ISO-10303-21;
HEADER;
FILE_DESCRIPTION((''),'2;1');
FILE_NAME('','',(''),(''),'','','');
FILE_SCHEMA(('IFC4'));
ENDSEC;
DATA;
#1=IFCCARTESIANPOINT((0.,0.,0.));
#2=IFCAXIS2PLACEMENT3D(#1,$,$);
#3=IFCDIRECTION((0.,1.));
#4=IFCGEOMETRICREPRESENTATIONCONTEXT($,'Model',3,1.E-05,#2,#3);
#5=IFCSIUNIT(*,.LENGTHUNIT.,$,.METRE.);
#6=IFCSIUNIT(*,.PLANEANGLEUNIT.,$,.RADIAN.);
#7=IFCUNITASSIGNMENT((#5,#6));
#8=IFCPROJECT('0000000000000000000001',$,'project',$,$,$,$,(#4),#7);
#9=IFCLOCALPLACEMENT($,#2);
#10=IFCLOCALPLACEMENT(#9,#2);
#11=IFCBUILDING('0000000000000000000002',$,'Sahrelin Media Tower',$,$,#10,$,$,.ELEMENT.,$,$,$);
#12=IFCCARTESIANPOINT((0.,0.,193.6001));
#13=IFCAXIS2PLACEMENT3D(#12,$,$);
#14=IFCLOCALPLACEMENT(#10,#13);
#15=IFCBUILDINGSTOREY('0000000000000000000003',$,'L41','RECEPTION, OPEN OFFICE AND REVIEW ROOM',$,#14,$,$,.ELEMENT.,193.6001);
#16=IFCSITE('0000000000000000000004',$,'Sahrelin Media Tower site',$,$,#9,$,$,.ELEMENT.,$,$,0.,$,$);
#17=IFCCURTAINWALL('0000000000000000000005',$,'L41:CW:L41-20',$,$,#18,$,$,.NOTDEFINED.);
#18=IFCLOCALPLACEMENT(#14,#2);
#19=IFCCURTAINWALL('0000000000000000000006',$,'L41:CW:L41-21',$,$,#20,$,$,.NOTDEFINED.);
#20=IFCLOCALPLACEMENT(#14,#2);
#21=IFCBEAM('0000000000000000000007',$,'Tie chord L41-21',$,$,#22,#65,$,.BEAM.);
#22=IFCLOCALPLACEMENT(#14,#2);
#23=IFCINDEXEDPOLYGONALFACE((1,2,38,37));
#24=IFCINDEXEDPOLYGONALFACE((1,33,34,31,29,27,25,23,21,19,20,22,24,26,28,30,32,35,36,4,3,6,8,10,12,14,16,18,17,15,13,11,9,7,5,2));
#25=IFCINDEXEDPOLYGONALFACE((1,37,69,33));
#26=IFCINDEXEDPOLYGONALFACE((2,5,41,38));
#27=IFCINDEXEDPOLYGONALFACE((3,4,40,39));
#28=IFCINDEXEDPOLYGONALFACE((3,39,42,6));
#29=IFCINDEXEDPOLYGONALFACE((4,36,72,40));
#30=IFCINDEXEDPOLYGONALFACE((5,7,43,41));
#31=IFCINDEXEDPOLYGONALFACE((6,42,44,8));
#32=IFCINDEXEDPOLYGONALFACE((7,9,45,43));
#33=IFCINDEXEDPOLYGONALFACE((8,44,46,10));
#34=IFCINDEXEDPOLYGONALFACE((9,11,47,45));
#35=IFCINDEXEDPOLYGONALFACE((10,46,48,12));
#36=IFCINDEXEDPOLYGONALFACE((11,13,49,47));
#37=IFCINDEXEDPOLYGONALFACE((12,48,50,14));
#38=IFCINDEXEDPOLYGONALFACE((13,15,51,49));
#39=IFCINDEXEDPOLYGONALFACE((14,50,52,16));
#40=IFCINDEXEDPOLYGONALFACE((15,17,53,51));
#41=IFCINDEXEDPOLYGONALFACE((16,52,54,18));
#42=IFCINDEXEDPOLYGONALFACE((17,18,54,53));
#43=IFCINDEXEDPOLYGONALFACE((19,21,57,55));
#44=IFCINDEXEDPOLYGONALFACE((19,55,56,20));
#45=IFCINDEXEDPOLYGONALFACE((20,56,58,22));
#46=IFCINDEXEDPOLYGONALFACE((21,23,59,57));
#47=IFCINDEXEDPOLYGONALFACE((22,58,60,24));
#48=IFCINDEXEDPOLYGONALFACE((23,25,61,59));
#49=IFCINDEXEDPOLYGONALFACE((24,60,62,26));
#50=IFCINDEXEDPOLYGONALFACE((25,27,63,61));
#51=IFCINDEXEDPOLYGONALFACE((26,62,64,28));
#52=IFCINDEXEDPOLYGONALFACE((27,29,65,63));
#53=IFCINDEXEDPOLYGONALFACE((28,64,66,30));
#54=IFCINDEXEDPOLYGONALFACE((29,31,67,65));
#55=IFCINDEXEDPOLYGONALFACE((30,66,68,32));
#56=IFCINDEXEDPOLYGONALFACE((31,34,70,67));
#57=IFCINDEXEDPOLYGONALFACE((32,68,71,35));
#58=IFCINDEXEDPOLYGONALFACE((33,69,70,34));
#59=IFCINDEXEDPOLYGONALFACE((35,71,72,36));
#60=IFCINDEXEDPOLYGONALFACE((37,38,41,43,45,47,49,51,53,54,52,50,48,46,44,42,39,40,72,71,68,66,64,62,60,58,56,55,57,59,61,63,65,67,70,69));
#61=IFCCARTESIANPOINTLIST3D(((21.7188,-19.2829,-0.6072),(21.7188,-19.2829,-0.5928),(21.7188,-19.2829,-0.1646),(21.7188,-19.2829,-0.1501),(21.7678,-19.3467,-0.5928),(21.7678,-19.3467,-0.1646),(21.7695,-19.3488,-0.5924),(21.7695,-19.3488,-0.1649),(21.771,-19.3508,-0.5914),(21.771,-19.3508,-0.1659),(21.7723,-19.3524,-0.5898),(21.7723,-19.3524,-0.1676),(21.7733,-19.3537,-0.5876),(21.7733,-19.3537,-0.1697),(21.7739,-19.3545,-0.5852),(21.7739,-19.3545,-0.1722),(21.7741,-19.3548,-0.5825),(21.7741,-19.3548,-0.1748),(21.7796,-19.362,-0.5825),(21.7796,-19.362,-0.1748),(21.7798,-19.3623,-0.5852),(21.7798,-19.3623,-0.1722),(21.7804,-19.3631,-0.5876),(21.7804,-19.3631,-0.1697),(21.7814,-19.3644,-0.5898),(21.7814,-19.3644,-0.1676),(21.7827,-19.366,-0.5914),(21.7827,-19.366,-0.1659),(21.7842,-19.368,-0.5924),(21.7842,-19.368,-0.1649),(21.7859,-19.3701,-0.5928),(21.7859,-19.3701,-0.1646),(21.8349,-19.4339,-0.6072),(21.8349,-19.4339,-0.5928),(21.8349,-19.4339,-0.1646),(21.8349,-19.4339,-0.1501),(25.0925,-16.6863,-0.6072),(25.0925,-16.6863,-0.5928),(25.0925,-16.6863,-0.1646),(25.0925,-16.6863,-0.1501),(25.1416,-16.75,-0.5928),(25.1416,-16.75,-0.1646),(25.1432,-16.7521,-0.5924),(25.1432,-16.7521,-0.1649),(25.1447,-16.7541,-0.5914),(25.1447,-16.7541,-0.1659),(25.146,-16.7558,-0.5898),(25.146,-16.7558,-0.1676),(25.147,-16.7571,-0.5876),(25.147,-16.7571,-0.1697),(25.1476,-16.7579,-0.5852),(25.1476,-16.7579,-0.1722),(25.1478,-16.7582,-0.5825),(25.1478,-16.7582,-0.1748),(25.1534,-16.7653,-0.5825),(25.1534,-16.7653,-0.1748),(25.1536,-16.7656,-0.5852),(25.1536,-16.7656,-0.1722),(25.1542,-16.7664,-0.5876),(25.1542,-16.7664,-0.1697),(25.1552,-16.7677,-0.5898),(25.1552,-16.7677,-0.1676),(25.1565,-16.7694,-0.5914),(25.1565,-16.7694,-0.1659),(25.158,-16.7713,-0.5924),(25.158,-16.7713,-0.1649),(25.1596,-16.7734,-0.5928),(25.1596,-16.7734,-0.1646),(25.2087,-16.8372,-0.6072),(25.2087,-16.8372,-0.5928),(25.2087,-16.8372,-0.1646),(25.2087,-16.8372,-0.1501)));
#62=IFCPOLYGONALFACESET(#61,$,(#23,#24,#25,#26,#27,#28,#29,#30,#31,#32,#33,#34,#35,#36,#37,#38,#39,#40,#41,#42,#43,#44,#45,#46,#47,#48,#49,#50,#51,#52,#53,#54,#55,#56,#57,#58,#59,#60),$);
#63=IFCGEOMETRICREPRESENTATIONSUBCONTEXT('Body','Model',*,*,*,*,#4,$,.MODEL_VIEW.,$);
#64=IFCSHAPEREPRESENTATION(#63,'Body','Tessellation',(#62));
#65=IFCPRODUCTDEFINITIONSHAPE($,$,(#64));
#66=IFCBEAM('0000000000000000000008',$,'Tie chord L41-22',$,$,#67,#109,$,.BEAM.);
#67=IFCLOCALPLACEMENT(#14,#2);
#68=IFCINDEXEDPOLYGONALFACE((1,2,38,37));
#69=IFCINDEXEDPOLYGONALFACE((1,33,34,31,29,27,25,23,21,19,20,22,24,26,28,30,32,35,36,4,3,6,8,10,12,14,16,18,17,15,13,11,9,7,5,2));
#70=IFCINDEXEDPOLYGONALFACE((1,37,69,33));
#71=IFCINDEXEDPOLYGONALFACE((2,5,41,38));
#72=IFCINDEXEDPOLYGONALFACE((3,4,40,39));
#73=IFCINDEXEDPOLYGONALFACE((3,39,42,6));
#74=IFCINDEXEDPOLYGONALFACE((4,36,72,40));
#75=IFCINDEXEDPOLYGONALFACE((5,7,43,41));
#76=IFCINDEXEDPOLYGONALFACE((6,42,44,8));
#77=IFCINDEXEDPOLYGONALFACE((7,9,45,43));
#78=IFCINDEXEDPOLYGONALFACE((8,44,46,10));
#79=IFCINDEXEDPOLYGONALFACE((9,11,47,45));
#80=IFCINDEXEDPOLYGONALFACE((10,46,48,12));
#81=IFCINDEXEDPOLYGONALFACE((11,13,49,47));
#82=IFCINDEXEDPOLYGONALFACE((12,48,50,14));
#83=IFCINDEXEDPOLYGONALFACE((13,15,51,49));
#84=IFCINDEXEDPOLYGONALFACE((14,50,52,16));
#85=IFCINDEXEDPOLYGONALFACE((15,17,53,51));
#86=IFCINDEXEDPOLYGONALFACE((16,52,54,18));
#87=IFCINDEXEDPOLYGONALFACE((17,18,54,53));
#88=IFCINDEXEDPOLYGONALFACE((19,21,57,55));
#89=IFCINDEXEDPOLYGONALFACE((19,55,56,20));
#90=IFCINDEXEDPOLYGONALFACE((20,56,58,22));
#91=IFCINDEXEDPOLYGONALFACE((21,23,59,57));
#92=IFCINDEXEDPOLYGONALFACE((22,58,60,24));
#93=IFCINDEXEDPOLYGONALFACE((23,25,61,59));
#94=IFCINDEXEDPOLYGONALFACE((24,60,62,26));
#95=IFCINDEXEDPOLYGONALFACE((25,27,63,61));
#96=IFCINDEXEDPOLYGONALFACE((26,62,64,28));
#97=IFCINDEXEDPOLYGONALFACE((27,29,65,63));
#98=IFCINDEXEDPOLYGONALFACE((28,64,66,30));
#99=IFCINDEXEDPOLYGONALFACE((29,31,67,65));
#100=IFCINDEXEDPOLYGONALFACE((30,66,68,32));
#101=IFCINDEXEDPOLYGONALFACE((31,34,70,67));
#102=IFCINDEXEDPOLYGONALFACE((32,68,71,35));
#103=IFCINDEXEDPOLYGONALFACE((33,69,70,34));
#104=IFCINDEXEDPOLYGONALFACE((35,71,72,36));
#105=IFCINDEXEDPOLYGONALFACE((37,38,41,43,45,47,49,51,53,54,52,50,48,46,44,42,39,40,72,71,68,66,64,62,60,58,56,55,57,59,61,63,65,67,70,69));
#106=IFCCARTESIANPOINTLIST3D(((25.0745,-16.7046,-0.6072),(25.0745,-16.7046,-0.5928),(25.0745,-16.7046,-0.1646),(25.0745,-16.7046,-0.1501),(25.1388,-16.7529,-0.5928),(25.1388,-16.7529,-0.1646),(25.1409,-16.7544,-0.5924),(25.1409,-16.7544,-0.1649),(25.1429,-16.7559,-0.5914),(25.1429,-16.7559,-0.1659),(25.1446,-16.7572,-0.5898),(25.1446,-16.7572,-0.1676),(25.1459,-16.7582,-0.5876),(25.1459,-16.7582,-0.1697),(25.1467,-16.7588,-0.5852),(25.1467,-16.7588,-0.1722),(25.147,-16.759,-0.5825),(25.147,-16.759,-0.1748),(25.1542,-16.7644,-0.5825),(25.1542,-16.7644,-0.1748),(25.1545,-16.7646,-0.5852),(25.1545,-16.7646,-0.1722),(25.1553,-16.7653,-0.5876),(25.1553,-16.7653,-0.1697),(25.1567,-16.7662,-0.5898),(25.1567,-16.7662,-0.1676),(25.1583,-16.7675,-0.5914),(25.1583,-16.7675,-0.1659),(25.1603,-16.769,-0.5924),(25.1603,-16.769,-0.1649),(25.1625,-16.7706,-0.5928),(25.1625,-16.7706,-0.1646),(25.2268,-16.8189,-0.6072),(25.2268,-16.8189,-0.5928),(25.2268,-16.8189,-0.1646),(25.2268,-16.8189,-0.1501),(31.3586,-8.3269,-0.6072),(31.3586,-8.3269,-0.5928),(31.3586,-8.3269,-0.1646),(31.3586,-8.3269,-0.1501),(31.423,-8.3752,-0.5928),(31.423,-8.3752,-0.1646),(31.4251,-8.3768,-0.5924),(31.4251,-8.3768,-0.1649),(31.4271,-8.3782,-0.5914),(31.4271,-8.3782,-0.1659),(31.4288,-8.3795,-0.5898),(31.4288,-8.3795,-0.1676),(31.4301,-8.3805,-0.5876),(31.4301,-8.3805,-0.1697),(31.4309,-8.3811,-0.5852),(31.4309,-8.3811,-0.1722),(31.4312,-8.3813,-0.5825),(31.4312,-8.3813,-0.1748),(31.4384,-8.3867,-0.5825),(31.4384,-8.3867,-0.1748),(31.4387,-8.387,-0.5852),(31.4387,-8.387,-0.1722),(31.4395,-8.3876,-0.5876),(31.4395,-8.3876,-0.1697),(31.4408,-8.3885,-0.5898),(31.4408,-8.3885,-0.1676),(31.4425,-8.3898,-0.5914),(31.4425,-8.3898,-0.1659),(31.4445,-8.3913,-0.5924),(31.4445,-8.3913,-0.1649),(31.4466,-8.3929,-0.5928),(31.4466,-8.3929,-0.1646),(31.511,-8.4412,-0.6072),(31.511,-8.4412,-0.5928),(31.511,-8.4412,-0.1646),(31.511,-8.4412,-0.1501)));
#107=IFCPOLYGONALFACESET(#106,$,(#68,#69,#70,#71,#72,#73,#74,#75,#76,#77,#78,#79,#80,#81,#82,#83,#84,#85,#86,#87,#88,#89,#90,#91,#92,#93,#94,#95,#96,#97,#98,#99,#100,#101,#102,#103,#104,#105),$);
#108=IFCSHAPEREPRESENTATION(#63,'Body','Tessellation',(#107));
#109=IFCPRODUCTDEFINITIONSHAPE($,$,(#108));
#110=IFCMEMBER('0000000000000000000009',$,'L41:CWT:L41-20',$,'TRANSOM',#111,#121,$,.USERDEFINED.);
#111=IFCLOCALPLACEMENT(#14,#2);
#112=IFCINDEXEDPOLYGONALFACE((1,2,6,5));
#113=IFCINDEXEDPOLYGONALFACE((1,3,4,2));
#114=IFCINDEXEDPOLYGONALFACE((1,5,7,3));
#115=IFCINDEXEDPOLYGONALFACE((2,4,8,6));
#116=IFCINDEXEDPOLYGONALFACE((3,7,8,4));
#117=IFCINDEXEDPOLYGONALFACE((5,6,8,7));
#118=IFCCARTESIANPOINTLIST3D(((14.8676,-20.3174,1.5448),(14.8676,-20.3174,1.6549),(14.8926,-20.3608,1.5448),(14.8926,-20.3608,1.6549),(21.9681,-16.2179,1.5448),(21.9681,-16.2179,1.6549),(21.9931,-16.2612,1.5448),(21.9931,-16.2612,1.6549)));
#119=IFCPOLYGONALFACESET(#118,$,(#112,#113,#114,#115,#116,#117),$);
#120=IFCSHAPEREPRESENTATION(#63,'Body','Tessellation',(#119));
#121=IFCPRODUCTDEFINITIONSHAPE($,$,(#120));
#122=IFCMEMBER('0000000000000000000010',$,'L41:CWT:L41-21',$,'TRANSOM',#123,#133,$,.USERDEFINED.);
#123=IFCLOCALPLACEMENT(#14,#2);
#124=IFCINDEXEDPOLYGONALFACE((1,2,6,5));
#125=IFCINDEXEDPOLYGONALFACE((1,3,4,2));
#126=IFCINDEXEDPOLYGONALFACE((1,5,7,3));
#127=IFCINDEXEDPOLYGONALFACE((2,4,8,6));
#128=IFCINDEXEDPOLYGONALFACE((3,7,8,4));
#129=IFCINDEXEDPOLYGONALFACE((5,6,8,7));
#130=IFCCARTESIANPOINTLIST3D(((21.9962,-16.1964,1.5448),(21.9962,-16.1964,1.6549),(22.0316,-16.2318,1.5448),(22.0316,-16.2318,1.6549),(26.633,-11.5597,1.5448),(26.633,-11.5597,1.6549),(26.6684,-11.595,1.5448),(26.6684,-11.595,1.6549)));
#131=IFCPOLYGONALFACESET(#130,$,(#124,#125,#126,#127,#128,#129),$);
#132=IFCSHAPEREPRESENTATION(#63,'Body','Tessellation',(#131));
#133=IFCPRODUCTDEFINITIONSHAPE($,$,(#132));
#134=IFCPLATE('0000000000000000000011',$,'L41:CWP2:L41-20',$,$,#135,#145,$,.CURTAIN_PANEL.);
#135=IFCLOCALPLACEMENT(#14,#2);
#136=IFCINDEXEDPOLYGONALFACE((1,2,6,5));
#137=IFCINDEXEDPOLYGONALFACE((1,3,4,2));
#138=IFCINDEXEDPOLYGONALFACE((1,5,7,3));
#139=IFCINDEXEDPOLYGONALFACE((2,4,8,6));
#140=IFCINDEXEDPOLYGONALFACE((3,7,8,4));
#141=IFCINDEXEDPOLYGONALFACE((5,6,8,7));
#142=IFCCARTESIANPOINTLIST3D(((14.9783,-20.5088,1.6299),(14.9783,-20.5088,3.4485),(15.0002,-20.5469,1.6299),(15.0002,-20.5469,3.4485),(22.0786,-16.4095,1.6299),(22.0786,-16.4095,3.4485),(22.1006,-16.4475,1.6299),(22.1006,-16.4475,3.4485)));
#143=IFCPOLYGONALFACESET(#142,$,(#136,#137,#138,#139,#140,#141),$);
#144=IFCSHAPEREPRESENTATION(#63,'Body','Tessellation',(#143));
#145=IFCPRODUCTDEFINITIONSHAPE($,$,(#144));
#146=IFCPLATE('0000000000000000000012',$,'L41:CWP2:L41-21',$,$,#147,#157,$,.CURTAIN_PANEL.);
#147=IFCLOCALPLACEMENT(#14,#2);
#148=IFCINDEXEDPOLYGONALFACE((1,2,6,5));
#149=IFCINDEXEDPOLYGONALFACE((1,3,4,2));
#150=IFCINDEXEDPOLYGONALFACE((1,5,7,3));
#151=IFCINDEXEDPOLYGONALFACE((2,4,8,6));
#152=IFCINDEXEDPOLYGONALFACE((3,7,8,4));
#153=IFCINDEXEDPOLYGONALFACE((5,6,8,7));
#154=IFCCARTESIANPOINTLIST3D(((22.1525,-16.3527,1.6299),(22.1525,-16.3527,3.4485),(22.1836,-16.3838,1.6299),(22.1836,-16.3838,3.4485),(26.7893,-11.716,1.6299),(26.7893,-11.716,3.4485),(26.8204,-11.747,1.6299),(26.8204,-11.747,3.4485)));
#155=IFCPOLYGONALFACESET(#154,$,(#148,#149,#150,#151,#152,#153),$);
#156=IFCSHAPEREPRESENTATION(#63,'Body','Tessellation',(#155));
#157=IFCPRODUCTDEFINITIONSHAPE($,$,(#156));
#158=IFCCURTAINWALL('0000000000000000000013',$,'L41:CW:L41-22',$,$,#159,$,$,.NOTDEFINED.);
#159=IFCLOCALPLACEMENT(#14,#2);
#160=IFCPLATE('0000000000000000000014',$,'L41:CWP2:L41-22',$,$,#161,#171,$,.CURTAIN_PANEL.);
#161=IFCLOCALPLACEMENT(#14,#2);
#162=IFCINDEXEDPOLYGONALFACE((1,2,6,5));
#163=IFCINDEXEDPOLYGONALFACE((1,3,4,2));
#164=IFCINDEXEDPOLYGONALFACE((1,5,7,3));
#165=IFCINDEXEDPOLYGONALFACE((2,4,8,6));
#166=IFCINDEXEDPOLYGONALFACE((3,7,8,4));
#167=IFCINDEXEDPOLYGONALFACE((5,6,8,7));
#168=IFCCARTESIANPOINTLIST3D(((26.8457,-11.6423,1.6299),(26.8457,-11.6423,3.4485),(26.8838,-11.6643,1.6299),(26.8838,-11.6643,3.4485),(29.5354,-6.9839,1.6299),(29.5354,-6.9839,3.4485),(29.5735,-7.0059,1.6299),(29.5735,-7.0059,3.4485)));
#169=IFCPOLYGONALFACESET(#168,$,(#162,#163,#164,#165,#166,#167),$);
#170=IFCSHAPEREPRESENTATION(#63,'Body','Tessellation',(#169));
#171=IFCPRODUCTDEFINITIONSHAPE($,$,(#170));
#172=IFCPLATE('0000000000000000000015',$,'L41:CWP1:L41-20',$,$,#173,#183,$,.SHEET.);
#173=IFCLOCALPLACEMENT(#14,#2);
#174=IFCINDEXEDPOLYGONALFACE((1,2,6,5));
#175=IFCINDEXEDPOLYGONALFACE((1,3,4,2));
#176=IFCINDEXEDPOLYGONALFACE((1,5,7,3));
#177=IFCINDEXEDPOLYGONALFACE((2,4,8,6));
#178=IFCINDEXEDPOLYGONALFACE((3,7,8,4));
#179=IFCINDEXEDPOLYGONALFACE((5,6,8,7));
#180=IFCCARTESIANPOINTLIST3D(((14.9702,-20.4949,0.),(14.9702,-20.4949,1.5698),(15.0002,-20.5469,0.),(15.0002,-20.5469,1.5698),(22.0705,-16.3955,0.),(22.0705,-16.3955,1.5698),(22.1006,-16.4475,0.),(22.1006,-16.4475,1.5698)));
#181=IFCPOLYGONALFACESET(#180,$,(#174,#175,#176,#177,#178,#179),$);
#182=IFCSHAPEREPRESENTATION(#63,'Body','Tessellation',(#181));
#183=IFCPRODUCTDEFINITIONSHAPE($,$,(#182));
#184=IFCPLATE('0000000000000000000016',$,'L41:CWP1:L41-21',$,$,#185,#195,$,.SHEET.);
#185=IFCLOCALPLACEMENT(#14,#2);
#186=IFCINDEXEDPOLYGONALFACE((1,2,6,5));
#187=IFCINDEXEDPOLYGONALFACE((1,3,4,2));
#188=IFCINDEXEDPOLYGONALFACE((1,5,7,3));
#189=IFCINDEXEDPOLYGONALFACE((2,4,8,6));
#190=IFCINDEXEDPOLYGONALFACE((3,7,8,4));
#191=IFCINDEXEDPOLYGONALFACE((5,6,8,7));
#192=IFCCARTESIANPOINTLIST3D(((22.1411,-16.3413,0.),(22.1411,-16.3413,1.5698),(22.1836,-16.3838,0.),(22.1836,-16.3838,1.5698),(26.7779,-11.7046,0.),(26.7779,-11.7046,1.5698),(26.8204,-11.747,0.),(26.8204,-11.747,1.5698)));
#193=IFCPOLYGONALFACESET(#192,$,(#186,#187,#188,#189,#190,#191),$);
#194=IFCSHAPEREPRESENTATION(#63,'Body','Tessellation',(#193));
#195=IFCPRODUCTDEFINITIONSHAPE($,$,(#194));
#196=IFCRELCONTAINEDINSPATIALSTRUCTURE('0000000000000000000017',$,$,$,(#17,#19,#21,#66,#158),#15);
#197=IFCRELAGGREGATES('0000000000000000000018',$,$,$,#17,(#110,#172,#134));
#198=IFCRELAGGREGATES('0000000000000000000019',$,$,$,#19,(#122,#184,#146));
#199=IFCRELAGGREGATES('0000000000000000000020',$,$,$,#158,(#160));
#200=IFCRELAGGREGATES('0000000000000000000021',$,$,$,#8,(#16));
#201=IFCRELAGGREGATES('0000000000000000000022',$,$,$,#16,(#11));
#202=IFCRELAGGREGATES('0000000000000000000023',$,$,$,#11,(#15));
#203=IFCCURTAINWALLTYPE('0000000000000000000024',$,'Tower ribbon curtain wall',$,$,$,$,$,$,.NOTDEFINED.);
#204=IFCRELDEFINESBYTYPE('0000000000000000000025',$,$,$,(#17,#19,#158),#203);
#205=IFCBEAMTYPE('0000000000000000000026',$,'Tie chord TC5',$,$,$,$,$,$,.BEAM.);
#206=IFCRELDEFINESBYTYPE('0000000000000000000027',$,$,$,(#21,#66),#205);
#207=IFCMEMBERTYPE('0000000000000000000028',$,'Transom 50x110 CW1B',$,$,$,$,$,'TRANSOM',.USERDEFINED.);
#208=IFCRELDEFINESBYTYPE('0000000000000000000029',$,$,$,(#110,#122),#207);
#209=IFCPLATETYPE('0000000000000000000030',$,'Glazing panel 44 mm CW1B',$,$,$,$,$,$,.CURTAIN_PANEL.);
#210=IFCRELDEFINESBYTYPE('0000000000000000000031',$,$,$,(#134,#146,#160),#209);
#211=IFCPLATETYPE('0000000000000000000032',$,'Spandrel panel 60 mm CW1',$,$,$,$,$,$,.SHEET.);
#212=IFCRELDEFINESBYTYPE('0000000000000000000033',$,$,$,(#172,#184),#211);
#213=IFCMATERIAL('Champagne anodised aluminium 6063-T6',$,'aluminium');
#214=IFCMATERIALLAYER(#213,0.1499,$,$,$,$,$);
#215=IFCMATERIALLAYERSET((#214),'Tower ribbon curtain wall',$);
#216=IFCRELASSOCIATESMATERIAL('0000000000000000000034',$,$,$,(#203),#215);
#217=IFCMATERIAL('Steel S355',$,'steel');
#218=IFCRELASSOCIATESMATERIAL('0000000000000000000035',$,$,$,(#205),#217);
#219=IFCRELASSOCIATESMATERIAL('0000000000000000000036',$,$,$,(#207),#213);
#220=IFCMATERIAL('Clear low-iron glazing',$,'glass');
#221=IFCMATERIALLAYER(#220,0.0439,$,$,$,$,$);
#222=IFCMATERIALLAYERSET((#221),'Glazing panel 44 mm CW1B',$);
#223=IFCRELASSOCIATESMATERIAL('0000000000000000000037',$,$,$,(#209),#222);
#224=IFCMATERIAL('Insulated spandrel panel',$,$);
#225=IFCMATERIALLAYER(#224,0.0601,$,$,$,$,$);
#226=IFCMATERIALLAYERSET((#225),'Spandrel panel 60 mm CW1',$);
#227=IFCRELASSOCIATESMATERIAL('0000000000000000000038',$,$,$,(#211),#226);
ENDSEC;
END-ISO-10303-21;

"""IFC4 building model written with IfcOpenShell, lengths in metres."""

from ifc_helpers import new_model, si_unit, direction, frame, origin, origin_2d, place, context, subcontext, project, spatial, polyline, rectangle, i_section, outline, extrude, material, layer, layer_set, material_profile, profile_set, type_object, element, aggregate, save


model = new_model("IFC4")

# Units and contexts
model_context = context("Model", 3, precision=1e-05, world=origin(), true_north=direction((0.0, 1.0)))
body_context = subcontext(model_context, "Body", "Model", "MODEL_VIEW")
ifc_project = project(units=[si_unit("LENGTHUNIT", "METRE"), si_unit("PLANEANGLEUNIT", "RADIAN")], contexts=[model_context])

# Site, building, storey
site_placement = place(None, origin())
site = spatial("IfcSite", under=ifc_project, at=site_placement, Name="Sahrelin Media Tower site", CompositionType="ELEMENT", RefElevation=0.0)
building_placement = place(site_placement, origin())
building = spatial("IfcBuilding", under=site, at=building_placement, Name="Sahrelin Media Tower", CompositionType="ELEMENT")
storey_placement = place(building_placement, frame((0.0, 0.0, 193.6001)))
storey = spatial("IfcBuildingStorey", under=building, at=storey_placement, Name="L41", Description="RECEPTION, OPEN OFFICE AND REVIEW ROOM", CompositionType="ELEMENT", Elevation=193.6001)

# Shared definitions
ifc_material_1 = material(Name="Steel S355", Category="steel")

# Curtain walls
ifc_material_2 = material(Name="Champagne anodised aluminium 6063-T6", Category="aluminium")
ifc_layer_1 = layer(ifc_material_2, 0.1499)
ifc_layer_set_1 = layer_set([ifc_layer_1], Name="Tower ribbon curtain wall")
curtain_wall_type = type_object("IfcCurtainWallType", Name="Tower ribbon curtain wall", PredefinedType="NOTDEFINED", material=ifc_layer_set_1)
curtain_wall_1_placement = place(storey_placement, frame((18.5403, -18.4797, 0.0), z_axis=(0.0, 0.0, 1.0), x_axis=(1.0, 0.0, 0.0)))
curtain_wall_1 = element("IfcCurtainWall", 1, at=curtain_wall_1_placement, inside=storey, type_object=curtain_wall_type, Name="L41:CW:L41-20", PredefinedType="NOTDEFINED")
curtain_wall_2_placement = place(storey_placement, frame((24.4878, -14.0513, 0.0), z_axis=(0.0, 0.0, 1.0), x_axis=(1.0, 0.0, 0.0)))
curtain_wall_2 = element("IfcCurtainWall", 2, at=curtain_wall_2_placement, inside=storey, type_object=curtain_wall_type, Name="L41:CW:L41-21", PredefinedType="NOTDEFINED")

# Beams
ifc_material_profile_1 = material_profile(ifc_material_1, i_section(OverallWidth=0.1904, OverallDepth=0.457, WebThickness=0.009, FlangeThickness=0.0144, FilletRadius=0.0103, at=origin_2d()), Name="UB 457x191x74")
ifc_profile_set_1 = profile_set([ifc_material_profile_1], Name="Steel S355")
beam_type_1 = type_object("IfcBeamType", Name="Tie chord TC5", PredefinedType="BEAM", material=ifc_profile_set_1)
beam_1_placement = place(storey_placement, frame((21.7769, -19.3584, -0.3787), z_axis=(0.792458, 0.609927, 0.0), x_axis=(-0.609927, 0.792458, 0.0)))
element("IfcBeam", 3, at=beam_1_placement, inside=storey, type_object=beam_type_1, Name="Tie chord L41-21", PredefinedType="BEAM", context=body_context, shape_type="SweptSolid", body=[
    extrude(i_section(OverallWidth=0.1904, OverallDepth=0.457, WebThickness=0.009, FlangeThickness=0.0144, FilletRadius=0.0103, at=origin_2d()), origin(), (0.0, 0.0, 1.0), 4.2573),
])
beam_2_placement = place(storey_placement, frame((25.1506, -16.7617, -0.3787), z_axis=(0.600056, 0.799958, 0.0), x_axis=(-0.799958, 0.600056, 0.0)))
element("IfcBeam", 4, at=beam_2_placement, inside=storey, type_object=beam_type_1, Name="Tie chord L41-22", PredefinedType="BEAM", context=body_context, shape_type="SweptSolid", body=[
    extrude(i_section(OverallWidth=0.1904, OverallDepth=0.457, WebThickness=0.009, FlangeThickness=0.0144, FilletRadius=0.0103, at=origin_2d()), origin(), (0.0, 0.0, 1.0), 10.4727),
])

# Members
ifc_material_profile_2 = material_profile(ifc_material_2, rectangle(XDim=0.05, YDim=0.1101, at=origin_2d()), Name="Transom 50x110")
ifc_profile_set_2 = profile_set([ifc_material_profile_2], Name="Champagne anodised aluminium 6063-T6")
member_type_1 = type_object("IfcMemberType", Name="Transom 50x110 CW1B", ElementType="TRANSOM", PredefinedType="USERDEFINED", material=ifc_profile_set_2)
member_1_placement = place(storey_placement, frame((14.8801, -20.3391, 1.5999), z_axis=(0.866021, 0.500008, 0.0), x_axis=(-0.500008, 0.866021, 0.0)))
member_1 = element("IfcMember", 5, at=member_1_placement, type_object=member_type_1, Name="L41:CWT:L41-20", ObjectType="TRANSOM", PredefinedType="USERDEFINED", context=body_context, shape_type="SweptSolid", body=[
    extrude(rectangle(XDim=0.05, YDim=0.1101, at=origin_2d()), origin(), (0.0, 0.0, 1.0), 8.199),
])
member_2_placement = place(storey_placement, frame((22.0139, -16.2141, 1.5999), z_axis=(0.707107, 0.707107, 0.0), x_axis=(-0.707107, 0.707107, 0.0)))
member_2 = element("IfcMember", 6, at=member_2_placement, type_object=member_type_1, Name="L41:CWT:L41-21", ObjectType="TRANSOM", PredefinedType="USERDEFINED", context=body_context, shape_type="SweptSolid", body=[
    extrude(rectangle(XDim=0.05, YDim=0.1101, at=origin_2d()), origin(), (0.0, 0.0, 1.0), 6.5574),
])

# Plates
ifc_material_3 = material(Name="Clear low-iron glazing", Category="glass")
ifc_layer_2 = layer(ifc_material_3, 0.0439)
ifc_layer_set_2 = layer_set([ifc_layer_2], Name="Glazing panel 44 mm CW1B")
plate_type_1 = type_object("IfcPlateType", Name="Glazing panel 44 mm CW1B", PredefinedType="CURTAIN_PANEL", material=ifc_layer_set_2)
plate_1_placement = place(storey_placement, frame((15.0002, -20.5469, 1.6299), z_axis=(0.499998, -0.866026, 0.0), x_axis=(0.866026, 0.499998, 0.0)))
plate_1 = element("IfcPlate", 7, at=plate_1_placement, type_object=plate_type_1, Name="L41:CWP2:L41-20", PredefinedType="CURTAIN_PANEL", context=body_context, shape_type="SweptSolid", body=[
    extrude(outline(polyline([(0.0, 0.0), (8.1987, 0.0), (8.1987, 1.8186), (0.0, 1.8186), (0.0, 0.0)])), origin(), (0.0, 0.0, -1.0), 0.0439),
])
plate_2_placement = place(storey_placement, frame((22.1836, -16.3838, 1.6299), z_axis=(0.707107, -0.707107, 0.0), x_axis=(0.707107, 0.707107, 0.0)))
plate_2 = element("IfcPlate", 8, at=plate_2_placement, type_object=plate_type_1, Name="L41:CWP2:L41-21", PredefinedType="CURTAIN_PANEL", context=body_context, shape_type="SweptSolid", body=[
    extrude(outline(polyline([(0.0, 0.0), (6.5574, 0.0), (6.5574, 1.8186), (0.0, 1.8186), (0.0, 0.0)])), origin(), (0.0, 0.0, -1.0), 0.0439),
])

# Curtain wall, plate
curtain_wall_3_placement = place(storey_placement, frame((28.2112, -9.325, 0.0), z_axis=(0.0, 0.0, 1.0), x_axis=(1.0, 0.0, 0.0)))
curtain_wall_3 = element("IfcCurtainWall", 9, at=curtain_wall_3_placement, inside=storey, type_object=curtain_wall_type, Name="L41:CW:L41-22", PredefinedType="NOTDEFINED")
plate_3_placement = place(storey_placement, frame((26.8838, -11.6643, 1.6299), z_axis=(0.866014, -0.50002, 0.0), x_axis=(0.50002, 0.866014, 0.0)))
plate_3 = element("IfcPlate", 10, at=plate_3_placement, type_object=plate_type_1, Name="L41:CWP2:L41-22", PredefinedType="CURTAIN_PANEL", context=body_context, shape_type="SweptSolid", body=[
    extrude(outline(polyline([(0.0, 0.0), (5.3792, 0.0), (5.3792, 1.8186), (0.0, 1.8186), (0.0, 0.0)])), origin(), (0.0, 0.0, -1.0), 0.0439),
])

# Plates
ifc_material_4 = material(Name="Insulated spandrel panel")
ifc_layer_3 = layer(ifc_material_4, 0.0601)
ifc_layer_set_3 = layer_set([ifc_layer_3], Name="Spandrel panel 60 mm CW1")
plate_type_2 = type_object("IfcPlateType", Name="Spandrel panel 60 mm CW1", PredefinedType="SHEET", material=ifc_layer_set_3)
plate_4_placement = place(storey_placement, frame((15.0002, -20.5469, 0.0), z_axis=(0.499998, -0.866026, 0.0), x_axis=(0.866026, 0.499998, 0.0)))
plate_4 = element("IfcPlate", 11, at=plate_4_placement, type_object=plate_type_2, Name="L41:CWP1:L41-20", PredefinedType="SHEET", context=body_context, shape_type="SweptSolid", body=[
    extrude(outline(polyline([(0.0, 0.0), (8.1987, 0.0), (8.1987, 1.5698), (0.0, 1.5698), (0.0, 0.0)])), origin(), (0.0, 0.0, -1.0), 0.0601),
])
aggregate(curtain_wall_1, [member_1, plate_4, plate_1])
plate_5_placement = place(storey_placement, frame((22.1836, -16.3838, 0.0), z_axis=(0.707107, -0.707107, 0.0), x_axis=(0.707107, 0.707107, 0.0)))
plate_5 = element("IfcPlate", 12, at=plate_5_placement, type_object=plate_type_2, Name="L41:CWP1:L41-21", PredefinedType="SHEET", context=body_context, shape_type="SweptSolid", body=[
    extrude(outline(polyline([(0.0, 0.0), (6.5574, 0.0), (6.5574, 1.5698), (0.0, 1.5698), (0.0, 0.0)])), origin(), (0.0, 0.0, -1.0), 0.0601),
])
aggregate(curtain_wall_2, [member_2, plate_5, plate_2])
aggregate(curtain_wall_3, [plate_3])

save(model, "model.ifc")
